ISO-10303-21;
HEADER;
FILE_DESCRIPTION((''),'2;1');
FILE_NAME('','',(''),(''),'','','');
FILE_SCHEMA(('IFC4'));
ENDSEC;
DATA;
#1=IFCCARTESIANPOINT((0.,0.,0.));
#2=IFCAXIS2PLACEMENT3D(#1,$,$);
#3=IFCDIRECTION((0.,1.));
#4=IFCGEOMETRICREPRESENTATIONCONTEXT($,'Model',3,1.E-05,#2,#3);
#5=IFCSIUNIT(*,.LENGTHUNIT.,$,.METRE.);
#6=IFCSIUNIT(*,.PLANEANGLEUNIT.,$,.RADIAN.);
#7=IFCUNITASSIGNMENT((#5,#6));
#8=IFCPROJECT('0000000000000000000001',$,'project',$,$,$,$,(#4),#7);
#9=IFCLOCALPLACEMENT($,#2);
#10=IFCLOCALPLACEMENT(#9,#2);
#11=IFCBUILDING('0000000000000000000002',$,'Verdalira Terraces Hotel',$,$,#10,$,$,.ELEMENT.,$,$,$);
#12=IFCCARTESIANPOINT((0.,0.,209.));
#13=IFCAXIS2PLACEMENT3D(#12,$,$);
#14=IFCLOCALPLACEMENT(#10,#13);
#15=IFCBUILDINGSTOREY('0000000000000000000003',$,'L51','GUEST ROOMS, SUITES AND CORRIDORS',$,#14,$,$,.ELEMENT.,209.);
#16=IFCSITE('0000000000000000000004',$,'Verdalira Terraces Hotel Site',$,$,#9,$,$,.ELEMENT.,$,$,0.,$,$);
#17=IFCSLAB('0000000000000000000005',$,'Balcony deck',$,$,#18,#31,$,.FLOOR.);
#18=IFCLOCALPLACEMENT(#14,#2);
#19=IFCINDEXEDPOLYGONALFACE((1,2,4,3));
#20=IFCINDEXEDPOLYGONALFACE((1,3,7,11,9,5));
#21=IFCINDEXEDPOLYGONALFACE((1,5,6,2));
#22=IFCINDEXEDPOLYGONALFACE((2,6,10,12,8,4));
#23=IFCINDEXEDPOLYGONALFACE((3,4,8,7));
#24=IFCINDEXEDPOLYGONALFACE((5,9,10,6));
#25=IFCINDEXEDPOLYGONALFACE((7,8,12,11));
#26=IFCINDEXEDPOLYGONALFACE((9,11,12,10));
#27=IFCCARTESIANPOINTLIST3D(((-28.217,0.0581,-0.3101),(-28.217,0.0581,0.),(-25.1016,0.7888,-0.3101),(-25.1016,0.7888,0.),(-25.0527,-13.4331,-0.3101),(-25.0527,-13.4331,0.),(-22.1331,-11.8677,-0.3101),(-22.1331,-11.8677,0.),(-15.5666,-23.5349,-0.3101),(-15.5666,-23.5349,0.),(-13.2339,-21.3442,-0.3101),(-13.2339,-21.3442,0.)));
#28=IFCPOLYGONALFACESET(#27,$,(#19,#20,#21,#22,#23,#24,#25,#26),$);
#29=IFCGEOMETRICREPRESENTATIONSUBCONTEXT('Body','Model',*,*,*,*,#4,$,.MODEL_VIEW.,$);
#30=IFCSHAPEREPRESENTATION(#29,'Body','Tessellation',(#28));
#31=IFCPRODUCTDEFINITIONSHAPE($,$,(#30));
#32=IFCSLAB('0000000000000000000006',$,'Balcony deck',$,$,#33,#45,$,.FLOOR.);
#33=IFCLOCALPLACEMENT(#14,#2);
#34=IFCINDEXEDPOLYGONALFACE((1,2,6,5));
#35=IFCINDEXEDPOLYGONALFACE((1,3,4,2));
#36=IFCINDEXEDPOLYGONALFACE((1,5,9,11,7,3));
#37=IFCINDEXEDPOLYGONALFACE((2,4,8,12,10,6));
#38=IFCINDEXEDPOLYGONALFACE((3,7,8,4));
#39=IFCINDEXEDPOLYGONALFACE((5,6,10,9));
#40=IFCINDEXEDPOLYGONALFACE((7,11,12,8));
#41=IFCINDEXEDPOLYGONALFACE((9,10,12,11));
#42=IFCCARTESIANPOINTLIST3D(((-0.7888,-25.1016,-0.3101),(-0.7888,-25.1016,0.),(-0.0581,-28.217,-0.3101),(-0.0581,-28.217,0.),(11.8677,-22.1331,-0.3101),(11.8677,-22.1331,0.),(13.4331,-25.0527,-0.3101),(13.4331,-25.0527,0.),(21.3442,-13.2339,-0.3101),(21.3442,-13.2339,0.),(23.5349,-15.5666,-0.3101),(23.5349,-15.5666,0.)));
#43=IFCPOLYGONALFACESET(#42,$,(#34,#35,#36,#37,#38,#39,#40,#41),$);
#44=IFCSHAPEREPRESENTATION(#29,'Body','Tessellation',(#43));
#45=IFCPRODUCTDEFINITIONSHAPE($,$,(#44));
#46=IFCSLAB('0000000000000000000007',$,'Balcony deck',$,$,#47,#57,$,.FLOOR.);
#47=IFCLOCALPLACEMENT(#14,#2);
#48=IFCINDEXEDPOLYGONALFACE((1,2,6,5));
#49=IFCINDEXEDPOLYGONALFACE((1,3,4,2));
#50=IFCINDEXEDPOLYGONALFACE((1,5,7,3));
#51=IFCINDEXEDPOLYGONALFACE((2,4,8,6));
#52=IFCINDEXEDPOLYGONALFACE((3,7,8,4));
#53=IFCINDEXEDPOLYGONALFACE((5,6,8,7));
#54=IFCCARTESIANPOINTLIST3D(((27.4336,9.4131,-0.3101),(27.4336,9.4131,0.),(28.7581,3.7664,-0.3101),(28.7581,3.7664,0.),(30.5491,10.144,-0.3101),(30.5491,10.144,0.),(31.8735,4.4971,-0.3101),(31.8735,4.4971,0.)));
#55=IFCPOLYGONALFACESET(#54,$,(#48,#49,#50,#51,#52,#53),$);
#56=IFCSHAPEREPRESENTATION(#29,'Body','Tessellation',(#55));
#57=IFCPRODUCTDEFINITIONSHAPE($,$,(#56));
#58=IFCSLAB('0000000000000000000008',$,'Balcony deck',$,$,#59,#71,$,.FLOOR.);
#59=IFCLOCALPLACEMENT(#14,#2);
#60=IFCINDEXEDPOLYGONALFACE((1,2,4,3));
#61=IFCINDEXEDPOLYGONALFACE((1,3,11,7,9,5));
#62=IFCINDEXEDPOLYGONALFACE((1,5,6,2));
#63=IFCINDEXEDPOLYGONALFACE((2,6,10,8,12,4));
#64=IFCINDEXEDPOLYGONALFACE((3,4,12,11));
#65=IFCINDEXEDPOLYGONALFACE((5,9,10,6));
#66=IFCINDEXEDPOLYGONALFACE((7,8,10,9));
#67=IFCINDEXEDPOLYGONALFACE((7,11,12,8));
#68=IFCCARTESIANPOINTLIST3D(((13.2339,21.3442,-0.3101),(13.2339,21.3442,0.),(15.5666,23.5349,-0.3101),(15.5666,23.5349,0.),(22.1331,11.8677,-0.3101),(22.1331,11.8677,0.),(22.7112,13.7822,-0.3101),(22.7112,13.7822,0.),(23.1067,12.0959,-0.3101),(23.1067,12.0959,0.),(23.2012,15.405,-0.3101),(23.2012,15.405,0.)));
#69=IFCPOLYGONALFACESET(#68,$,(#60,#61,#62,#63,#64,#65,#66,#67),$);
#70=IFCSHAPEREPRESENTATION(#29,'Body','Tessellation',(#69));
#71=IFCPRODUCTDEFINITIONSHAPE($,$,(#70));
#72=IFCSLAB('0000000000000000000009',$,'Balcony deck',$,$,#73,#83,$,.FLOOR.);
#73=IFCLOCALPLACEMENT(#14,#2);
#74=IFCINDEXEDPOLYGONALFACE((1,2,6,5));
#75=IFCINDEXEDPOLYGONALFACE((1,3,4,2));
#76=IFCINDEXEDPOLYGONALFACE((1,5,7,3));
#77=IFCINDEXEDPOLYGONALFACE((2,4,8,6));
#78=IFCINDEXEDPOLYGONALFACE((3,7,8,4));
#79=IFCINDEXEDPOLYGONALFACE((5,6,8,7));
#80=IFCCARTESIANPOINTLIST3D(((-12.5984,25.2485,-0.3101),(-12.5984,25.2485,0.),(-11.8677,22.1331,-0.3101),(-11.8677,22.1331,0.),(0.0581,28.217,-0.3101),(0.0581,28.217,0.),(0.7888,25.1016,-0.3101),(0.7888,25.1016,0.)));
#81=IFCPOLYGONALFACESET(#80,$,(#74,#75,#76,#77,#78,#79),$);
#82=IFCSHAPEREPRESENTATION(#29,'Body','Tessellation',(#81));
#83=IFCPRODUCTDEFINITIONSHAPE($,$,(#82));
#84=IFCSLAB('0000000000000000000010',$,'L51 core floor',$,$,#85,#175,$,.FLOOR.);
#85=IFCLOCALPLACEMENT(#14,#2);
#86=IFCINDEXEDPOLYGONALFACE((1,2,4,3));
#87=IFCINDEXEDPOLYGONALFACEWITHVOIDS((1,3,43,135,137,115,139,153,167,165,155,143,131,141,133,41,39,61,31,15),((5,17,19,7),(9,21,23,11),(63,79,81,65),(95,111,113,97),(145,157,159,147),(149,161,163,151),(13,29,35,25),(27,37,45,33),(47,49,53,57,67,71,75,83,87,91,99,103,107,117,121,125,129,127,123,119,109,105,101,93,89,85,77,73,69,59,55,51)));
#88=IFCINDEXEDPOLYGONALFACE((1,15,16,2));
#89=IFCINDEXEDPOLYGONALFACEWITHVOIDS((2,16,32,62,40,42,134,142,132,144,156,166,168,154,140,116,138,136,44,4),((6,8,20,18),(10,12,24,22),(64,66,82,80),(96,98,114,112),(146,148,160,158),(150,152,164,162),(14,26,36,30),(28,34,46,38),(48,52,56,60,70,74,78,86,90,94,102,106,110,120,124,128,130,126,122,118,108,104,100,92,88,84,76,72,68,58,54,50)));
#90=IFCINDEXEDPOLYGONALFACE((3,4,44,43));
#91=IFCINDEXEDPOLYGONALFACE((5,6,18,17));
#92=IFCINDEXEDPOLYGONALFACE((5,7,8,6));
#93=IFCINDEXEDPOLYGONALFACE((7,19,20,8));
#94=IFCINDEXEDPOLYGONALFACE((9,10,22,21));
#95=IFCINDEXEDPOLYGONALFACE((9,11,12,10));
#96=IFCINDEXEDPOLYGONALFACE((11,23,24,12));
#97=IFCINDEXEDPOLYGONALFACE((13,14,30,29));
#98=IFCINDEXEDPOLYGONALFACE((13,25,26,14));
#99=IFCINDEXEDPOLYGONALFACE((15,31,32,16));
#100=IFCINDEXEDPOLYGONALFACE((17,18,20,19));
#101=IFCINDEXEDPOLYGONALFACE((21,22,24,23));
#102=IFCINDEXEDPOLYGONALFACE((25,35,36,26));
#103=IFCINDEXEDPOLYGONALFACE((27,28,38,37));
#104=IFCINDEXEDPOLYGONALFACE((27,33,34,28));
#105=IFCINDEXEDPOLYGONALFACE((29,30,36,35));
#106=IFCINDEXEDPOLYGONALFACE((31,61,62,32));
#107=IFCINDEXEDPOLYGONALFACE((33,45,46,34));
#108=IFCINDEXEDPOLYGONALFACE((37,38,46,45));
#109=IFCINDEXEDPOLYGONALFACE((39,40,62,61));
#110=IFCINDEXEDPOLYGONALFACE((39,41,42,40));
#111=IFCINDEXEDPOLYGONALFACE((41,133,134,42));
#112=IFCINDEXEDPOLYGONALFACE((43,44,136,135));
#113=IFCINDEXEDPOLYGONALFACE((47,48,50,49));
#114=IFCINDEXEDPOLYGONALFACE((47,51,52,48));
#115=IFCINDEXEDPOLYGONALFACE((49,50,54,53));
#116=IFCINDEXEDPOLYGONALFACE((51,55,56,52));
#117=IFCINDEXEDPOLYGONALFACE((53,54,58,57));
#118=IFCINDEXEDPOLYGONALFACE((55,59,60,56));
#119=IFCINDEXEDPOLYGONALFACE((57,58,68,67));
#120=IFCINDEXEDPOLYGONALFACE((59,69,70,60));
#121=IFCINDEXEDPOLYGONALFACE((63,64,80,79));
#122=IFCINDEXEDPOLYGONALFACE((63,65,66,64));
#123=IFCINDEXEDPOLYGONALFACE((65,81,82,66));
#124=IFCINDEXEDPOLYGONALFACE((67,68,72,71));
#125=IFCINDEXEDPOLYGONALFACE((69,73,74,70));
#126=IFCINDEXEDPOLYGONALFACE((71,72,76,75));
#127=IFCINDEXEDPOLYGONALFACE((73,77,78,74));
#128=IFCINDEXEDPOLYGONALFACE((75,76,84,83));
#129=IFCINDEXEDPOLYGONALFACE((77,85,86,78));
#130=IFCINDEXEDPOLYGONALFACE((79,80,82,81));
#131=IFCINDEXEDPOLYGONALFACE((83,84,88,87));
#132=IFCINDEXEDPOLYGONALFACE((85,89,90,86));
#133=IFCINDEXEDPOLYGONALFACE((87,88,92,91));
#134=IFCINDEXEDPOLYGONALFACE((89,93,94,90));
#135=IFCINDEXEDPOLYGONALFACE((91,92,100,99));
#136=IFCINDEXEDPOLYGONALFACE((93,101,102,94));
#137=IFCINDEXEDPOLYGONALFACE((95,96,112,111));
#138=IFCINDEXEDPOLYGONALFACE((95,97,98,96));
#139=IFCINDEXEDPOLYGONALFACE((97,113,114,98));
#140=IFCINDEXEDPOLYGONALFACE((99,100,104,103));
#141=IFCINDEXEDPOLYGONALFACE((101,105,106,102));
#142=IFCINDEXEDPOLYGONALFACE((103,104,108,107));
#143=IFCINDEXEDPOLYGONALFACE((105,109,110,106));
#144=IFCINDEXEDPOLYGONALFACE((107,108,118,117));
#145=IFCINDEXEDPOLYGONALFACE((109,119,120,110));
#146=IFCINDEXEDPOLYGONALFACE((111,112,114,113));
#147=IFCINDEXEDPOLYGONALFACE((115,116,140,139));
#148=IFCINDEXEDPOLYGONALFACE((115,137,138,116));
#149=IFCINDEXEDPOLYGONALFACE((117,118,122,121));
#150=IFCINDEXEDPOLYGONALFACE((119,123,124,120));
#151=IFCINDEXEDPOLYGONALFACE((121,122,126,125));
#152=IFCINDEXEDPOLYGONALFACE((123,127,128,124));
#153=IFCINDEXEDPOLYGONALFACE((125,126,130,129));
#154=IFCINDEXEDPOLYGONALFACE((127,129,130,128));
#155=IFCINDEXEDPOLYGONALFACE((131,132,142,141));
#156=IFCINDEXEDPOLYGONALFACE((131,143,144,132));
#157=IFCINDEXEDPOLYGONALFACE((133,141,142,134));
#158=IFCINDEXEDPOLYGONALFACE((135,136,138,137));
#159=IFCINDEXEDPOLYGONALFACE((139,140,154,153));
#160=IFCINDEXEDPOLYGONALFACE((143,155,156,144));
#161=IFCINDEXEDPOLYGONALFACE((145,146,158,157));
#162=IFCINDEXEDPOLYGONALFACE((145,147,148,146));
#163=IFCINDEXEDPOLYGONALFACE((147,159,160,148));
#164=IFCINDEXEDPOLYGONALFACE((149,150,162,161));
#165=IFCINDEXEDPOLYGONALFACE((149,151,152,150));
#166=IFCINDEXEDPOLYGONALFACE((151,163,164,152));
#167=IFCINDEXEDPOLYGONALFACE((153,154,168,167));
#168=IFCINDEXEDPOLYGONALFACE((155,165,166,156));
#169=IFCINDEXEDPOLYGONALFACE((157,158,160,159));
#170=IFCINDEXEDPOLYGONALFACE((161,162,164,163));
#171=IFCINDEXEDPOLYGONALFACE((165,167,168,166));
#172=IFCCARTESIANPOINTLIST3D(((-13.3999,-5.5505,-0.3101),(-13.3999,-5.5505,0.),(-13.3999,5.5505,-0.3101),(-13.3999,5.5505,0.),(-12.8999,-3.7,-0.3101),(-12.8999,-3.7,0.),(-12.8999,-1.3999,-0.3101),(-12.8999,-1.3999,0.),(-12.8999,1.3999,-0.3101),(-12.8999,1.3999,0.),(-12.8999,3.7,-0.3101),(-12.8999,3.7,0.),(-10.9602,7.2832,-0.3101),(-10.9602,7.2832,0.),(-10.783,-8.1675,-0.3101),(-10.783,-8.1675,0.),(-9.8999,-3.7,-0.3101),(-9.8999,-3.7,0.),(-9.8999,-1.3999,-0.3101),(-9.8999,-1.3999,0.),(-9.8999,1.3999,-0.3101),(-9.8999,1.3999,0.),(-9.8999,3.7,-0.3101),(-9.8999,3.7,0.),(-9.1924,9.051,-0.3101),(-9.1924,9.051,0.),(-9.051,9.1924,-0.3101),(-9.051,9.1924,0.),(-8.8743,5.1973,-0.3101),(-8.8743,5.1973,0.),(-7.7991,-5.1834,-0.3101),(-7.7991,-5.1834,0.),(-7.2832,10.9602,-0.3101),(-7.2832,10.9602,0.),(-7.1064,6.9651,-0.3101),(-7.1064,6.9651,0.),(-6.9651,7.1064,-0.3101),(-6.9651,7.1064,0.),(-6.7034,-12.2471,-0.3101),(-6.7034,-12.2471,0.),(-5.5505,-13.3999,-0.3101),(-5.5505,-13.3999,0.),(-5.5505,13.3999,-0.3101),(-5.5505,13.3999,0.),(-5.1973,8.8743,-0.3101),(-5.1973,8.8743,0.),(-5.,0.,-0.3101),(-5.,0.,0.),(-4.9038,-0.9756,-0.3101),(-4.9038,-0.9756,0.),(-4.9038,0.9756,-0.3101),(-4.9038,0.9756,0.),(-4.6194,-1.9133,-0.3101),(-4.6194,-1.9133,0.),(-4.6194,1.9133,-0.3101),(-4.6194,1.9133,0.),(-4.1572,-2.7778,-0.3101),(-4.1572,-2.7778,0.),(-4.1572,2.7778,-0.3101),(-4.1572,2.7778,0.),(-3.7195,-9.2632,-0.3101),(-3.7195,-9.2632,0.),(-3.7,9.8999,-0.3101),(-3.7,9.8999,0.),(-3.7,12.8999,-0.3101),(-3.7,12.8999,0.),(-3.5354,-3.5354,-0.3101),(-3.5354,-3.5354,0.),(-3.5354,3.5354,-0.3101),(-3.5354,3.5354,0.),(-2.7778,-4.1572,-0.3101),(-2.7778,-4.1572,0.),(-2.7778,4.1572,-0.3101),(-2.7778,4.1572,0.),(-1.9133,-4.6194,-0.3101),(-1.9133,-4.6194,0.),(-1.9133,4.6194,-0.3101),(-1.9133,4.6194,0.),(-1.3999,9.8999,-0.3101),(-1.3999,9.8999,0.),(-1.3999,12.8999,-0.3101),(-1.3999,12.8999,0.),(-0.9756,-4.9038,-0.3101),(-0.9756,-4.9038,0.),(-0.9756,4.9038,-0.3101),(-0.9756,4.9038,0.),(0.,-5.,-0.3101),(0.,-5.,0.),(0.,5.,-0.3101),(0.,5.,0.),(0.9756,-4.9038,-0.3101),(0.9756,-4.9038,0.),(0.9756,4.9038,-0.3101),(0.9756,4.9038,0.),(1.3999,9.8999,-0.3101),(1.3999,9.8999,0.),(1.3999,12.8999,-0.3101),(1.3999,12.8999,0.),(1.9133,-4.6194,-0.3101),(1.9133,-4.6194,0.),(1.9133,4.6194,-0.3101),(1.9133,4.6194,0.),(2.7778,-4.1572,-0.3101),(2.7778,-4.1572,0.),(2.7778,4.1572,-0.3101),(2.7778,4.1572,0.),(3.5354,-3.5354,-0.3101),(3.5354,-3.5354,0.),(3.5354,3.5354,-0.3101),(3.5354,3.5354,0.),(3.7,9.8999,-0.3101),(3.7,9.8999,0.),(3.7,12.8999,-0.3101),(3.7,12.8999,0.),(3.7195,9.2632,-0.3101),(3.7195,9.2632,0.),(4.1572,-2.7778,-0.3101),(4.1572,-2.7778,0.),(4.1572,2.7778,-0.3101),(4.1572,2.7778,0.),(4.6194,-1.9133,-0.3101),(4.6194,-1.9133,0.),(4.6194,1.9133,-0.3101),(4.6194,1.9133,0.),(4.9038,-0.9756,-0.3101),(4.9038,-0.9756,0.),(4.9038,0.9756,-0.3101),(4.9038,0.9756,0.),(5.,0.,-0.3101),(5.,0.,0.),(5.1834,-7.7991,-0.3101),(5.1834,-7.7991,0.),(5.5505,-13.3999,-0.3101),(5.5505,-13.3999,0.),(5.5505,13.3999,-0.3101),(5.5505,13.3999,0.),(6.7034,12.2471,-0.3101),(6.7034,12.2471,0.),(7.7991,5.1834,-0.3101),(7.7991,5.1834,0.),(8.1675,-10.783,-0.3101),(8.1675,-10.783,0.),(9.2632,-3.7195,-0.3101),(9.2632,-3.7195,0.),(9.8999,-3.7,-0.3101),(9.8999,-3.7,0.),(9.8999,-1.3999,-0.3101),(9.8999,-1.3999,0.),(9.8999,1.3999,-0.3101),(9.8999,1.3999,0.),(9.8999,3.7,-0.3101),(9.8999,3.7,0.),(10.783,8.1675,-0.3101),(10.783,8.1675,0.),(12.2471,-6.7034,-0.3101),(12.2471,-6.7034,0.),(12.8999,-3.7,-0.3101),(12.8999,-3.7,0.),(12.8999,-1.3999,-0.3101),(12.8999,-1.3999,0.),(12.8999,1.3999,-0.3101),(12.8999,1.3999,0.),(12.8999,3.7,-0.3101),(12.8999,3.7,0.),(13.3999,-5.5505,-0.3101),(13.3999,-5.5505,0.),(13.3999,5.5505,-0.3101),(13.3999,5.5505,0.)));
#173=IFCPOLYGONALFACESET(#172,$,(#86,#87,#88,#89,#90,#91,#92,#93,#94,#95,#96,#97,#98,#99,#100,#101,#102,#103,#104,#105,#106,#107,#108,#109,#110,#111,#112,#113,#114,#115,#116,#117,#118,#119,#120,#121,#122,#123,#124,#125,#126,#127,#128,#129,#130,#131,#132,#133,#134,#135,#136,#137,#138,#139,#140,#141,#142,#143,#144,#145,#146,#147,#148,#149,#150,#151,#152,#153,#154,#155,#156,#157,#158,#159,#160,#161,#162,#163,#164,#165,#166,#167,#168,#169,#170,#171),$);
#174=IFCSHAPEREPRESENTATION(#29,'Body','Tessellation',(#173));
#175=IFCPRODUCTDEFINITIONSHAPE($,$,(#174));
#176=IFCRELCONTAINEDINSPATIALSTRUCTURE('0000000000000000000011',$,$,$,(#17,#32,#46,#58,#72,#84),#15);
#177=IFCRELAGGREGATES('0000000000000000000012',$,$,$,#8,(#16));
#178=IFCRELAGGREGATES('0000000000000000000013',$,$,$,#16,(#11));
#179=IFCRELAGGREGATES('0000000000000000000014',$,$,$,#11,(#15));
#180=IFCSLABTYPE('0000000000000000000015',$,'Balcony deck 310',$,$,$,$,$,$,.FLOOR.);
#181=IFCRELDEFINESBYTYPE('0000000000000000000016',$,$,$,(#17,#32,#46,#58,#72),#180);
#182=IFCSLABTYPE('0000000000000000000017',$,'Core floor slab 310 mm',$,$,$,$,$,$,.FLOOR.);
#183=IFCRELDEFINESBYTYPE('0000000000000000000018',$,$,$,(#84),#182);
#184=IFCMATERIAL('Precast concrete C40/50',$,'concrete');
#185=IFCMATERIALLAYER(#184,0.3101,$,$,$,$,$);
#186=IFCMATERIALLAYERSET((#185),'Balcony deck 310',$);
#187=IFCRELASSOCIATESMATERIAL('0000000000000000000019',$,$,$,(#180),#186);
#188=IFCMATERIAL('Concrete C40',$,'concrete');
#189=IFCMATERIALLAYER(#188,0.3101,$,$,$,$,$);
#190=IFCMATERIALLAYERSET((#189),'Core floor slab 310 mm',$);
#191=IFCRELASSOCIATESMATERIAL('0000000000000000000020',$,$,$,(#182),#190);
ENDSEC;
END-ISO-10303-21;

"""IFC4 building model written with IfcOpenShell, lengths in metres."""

from ifc_helpers import new_model, si_unit, direction, frame, origin, place, context, subcontext, project, spatial, polyline, outline, extrude, material, layer, layer_set, type_object, element, save


model = new_model("IFC4")

# Units and contexts
model_context = context("Model", 3, precision=1e-05, world=origin(), true_north=direction((0.0, 1.0)))
body_context = subcontext(model_context, "Body", "Model", "MODEL_VIEW")
ifc_project = project(units=[si_unit("LENGTHUNIT", "METRE"), si_unit("PLANEANGLEUNIT", "RADIAN")], contexts=[model_context])

# Site, building, storey
site_placement = place(None, origin())
site = spatial("IfcSite", under=ifc_project, at=site_placement, Name="Verdalira Terraces Hotel Site", CompositionType="ELEMENT", RefElevation=0.0)
building_placement = place(site_placement, origin())
building = spatial("IfcBuilding", under=site, at=building_placement, Name="Verdalira Terraces Hotel", CompositionType="ELEMENT")
storey_placement = place(building_placement, frame((0.0, 0.0, 209.0)))
storey = spatial("IfcBuildingStorey", under=building, at=storey_placement, Name="L51", Description="GUEST ROOMS, SUITES AND CORRIDORS", CompositionType="ELEMENT", Elevation=209.0)

# Slabs
ifc_material_1 = material(Name="Precast concrete C40/50", Category="concrete")
ifc_layer_1 = layer(ifc_material_1, 0.3101)
ifc_layer_set_1 = layer_set([ifc_layer_1], Name="Balcony deck 310")
slab_type_1 = type_object("IfcSlabType", Name="Balcony deck 310", PredefinedType="FLOOR", material=ifc_layer_set_1)
slab_1_placement = place(storey_placement, frame((0.0, 0.0, -0.3101)))
element("IfcSlab", 1, at=slab_1_placement, inside=storey, type_object=slab_type_1, Name="Balcony deck", PredefinedType="FLOOR", context=body_context, shape_type="SweptSolid", body=[
    extrude(outline(polyline([(-25.0527, -13.4331), (-15.5666, -23.5349), (-13.2339, -21.3442), (-22.1331, -11.8677), (-25.1016, 0.7888), (-28.217, 0.0581), (-25.0527, -13.4331)])), origin(), (0.0, 0.0, 1.0), 0.3101),
])
slab_2_placement = place(storey_placement, frame((0.0, 0.0, -0.3101)))
element("IfcSlab", 2, at=slab_2_placement, inside=storey, type_object=slab_type_1, Name="Balcony deck", PredefinedType="FLOOR", context=body_context, shape_type="SweptSolid", body=[
    extrude(outline(polyline([(23.5349, -15.5666), (21.3442, -13.2339), (11.8677, -22.1331), (-0.7888, -25.1016), (-0.0581, -28.217), (13.4331, -25.0527), (23.5349, -15.5666)])), origin(), (0.0, 0.0, 1.0), 0.3101),
])
slab_3_placement = place(storey_placement, frame((0.0, 0.0, -0.3101)))
element("IfcSlab", 3, at=slab_3_placement, inside=storey, type_object=slab_type_1, Name="Balcony deck", PredefinedType="FLOOR", context=body_context, shape_type="SweptSolid", body=[
    extrude(outline(polyline([(30.5491, 10.144), (27.4336, 9.4131), (28.7581, 3.7664), (31.8735, 4.4971), (30.5491, 10.144)])), origin(), (0.0, 0.0, 1.0), 0.3101),
])
slab_4_placement = place(storey_placement, frame((0.0, 0.0, -0.3101)))
element("IfcSlab", 4, at=slab_4_placement, inside=storey, type_object=slab_type_1, Name="Balcony deck", PredefinedType="FLOOR", context=body_context, shape_type="SweptSolid", body=[
    extrude(outline(polyline([(23.2012, 15.405), (15.5666, 23.5349), (13.2339, 21.3442), (22.1331, 11.8677), (23.1067, 12.0959), (22.7112, 13.7822), (23.2012, 15.405)])), origin(), (0.0, 0.0, 1.0), 0.3101),
])
slab_5_placement = place(storey_placement, frame((0.0, 0.0, -0.3101)))
element("IfcSlab", 5, at=slab_5_placement, inside=storey, type_object=slab_type_1, Name="Balcony deck", PredefinedType="FLOOR", context=body_context, shape_type="SweptSolid", body=[
    extrude(outline(polyline([(-12.5984, 25.2485), (-11.8677, 22.1331), (0.7888, 25.1016), (0.0581, 28.217), (-12.5984, 25.2485)])), origin(), (0.0, 0.0, 1.0), 0.3101),
])
ifc_material_2 = material(Name="Concrete C40", Category="concrete")
ifc_layer_2 = layer(ifc_material_2, 0.3101)
ifc_layer_set_2 = layer_set([ifc_layer_2], Name="Core floor slab 310 mm")
slab_type_2 = type_object("IfcSlabType", Name="Core floor slab 310 mm", PredefinedType="FLOOR", material=ifc_layer_set_2)
slab_6_placement = place(storey_placement, frame((0.0, 0.0, -0.3101)))
element("IfcSlab", 6, at=slab_6_placement, inside=storey, type_object=slab_type_2, Name="L51 core floor", PredefinedType="FLOOR", context=body_context, shape_type="SweptSolid", body=[
    extrude(outline(polyline([(-6.7034, -12.2471), (-3.7195, -9.2632), (-7.7991, -5.1833), (-10.783, -8.1675), (-13.3999, -5.5505), (-13.3999, 5.5505), (-5.5505, 13.3999), (5.5505, 13.3999), (6.7034, 12.2471), (3.7195, 9.2632), (7.7991, 5.1833), (10.783, 8.1675), (13.3999, 5.5505), (13.3999, -5.5505), (12.2471, -6.7034), (9.2632, -3.7195), (5.1833, -7.7991), (8.1675, -10.783), (5.5505, -13.3999), (-5.5505, -13.3999), (-6.7034, -12.2471)]), holes=[polyline([(9.8999, -1.3999), (9.8999, -3.7), (12.8999, -3.7), (12.8999, -1.3999), (9.8999, -1.3999)]), polyline([(9.8999, 3.7), (9.8999, 1.3999), (12.8999, 1.3999), (12.8999, 3.7), (9.8999, 3.7)]), polyline([(3.7, 12.8999), (1.3999, 12.8999), (1.3999, 9.8999), (3.7, 9.8999), (3.7, 12.8999)]), polyline([(-1.3999, 12.8999), (-3.7, 12.8999), (-3.7, 9.8999), (-1.3999, 9.8999), (-1.3999, 12.8999)]), polyline([(-9.8999, 1.3999), (-9.8999, 3.7), (-12.8999, 3.7), (-12.8999, 1.3999), (-9.8999, 1.3999)]), polyline([(-9.8999, -3.7), (-9.8999, -1.3999), (-12.8999, -1.3999), (-12.8999, -3.7), (-9.8999, -3.7)]), polyline([(-9.051, 9.1924), (-6.9651, 7.1064), (-5.1973, 8.8743), (-7.2832, 10.9602), (-9.051, 9.1924)]), polyline([(-9.1924, 9.051), (-10.9602, 7.2832), (-8.8743, 5.1973), (-7.1064, 6.9651), (-9.1924, 9.051)]), polyline([(3.5354, 3.5354), (2.7778, 4.1572), (1.9133, 4.6194), (0.9756, 4.9038), (0.0, 5.0), (-0.9756, 4.9038), (-1.9133, 4.6194), (-2.7778, 4.1572), (-3.5354, 3.5354), (-4.1572, 2.7778), (-4.6194, 1.9133), (-4.9038, 0.9756), (-5.0, 0.0), (-4.9038, -0.9756), (-4.6194, -1.9133), (-4.1572, -2.7778), (-3.5354, -3.5354), (-2.7778, -4.1572), (-1.9133, -4.6194), (-0.9756, -4.9038), (0.0, -5.0), (0.9756, -4.9038), (1.9133, -4.6194), (2.7778, -4.1572), (3.5354, -3.5354), (4.1572, -2.7778), (4.6194, -1.9133), (4.9038, -0.9756), (5.0, 0.0), (4.9038, 0.9756), (4.6194, 1.9133), (4.1572, 2.7778), (3.5354, 3.5354)])]), origin(), (0.0, 0.0, 1.0), 0.3101),
])

save(model, "model.ifc")
